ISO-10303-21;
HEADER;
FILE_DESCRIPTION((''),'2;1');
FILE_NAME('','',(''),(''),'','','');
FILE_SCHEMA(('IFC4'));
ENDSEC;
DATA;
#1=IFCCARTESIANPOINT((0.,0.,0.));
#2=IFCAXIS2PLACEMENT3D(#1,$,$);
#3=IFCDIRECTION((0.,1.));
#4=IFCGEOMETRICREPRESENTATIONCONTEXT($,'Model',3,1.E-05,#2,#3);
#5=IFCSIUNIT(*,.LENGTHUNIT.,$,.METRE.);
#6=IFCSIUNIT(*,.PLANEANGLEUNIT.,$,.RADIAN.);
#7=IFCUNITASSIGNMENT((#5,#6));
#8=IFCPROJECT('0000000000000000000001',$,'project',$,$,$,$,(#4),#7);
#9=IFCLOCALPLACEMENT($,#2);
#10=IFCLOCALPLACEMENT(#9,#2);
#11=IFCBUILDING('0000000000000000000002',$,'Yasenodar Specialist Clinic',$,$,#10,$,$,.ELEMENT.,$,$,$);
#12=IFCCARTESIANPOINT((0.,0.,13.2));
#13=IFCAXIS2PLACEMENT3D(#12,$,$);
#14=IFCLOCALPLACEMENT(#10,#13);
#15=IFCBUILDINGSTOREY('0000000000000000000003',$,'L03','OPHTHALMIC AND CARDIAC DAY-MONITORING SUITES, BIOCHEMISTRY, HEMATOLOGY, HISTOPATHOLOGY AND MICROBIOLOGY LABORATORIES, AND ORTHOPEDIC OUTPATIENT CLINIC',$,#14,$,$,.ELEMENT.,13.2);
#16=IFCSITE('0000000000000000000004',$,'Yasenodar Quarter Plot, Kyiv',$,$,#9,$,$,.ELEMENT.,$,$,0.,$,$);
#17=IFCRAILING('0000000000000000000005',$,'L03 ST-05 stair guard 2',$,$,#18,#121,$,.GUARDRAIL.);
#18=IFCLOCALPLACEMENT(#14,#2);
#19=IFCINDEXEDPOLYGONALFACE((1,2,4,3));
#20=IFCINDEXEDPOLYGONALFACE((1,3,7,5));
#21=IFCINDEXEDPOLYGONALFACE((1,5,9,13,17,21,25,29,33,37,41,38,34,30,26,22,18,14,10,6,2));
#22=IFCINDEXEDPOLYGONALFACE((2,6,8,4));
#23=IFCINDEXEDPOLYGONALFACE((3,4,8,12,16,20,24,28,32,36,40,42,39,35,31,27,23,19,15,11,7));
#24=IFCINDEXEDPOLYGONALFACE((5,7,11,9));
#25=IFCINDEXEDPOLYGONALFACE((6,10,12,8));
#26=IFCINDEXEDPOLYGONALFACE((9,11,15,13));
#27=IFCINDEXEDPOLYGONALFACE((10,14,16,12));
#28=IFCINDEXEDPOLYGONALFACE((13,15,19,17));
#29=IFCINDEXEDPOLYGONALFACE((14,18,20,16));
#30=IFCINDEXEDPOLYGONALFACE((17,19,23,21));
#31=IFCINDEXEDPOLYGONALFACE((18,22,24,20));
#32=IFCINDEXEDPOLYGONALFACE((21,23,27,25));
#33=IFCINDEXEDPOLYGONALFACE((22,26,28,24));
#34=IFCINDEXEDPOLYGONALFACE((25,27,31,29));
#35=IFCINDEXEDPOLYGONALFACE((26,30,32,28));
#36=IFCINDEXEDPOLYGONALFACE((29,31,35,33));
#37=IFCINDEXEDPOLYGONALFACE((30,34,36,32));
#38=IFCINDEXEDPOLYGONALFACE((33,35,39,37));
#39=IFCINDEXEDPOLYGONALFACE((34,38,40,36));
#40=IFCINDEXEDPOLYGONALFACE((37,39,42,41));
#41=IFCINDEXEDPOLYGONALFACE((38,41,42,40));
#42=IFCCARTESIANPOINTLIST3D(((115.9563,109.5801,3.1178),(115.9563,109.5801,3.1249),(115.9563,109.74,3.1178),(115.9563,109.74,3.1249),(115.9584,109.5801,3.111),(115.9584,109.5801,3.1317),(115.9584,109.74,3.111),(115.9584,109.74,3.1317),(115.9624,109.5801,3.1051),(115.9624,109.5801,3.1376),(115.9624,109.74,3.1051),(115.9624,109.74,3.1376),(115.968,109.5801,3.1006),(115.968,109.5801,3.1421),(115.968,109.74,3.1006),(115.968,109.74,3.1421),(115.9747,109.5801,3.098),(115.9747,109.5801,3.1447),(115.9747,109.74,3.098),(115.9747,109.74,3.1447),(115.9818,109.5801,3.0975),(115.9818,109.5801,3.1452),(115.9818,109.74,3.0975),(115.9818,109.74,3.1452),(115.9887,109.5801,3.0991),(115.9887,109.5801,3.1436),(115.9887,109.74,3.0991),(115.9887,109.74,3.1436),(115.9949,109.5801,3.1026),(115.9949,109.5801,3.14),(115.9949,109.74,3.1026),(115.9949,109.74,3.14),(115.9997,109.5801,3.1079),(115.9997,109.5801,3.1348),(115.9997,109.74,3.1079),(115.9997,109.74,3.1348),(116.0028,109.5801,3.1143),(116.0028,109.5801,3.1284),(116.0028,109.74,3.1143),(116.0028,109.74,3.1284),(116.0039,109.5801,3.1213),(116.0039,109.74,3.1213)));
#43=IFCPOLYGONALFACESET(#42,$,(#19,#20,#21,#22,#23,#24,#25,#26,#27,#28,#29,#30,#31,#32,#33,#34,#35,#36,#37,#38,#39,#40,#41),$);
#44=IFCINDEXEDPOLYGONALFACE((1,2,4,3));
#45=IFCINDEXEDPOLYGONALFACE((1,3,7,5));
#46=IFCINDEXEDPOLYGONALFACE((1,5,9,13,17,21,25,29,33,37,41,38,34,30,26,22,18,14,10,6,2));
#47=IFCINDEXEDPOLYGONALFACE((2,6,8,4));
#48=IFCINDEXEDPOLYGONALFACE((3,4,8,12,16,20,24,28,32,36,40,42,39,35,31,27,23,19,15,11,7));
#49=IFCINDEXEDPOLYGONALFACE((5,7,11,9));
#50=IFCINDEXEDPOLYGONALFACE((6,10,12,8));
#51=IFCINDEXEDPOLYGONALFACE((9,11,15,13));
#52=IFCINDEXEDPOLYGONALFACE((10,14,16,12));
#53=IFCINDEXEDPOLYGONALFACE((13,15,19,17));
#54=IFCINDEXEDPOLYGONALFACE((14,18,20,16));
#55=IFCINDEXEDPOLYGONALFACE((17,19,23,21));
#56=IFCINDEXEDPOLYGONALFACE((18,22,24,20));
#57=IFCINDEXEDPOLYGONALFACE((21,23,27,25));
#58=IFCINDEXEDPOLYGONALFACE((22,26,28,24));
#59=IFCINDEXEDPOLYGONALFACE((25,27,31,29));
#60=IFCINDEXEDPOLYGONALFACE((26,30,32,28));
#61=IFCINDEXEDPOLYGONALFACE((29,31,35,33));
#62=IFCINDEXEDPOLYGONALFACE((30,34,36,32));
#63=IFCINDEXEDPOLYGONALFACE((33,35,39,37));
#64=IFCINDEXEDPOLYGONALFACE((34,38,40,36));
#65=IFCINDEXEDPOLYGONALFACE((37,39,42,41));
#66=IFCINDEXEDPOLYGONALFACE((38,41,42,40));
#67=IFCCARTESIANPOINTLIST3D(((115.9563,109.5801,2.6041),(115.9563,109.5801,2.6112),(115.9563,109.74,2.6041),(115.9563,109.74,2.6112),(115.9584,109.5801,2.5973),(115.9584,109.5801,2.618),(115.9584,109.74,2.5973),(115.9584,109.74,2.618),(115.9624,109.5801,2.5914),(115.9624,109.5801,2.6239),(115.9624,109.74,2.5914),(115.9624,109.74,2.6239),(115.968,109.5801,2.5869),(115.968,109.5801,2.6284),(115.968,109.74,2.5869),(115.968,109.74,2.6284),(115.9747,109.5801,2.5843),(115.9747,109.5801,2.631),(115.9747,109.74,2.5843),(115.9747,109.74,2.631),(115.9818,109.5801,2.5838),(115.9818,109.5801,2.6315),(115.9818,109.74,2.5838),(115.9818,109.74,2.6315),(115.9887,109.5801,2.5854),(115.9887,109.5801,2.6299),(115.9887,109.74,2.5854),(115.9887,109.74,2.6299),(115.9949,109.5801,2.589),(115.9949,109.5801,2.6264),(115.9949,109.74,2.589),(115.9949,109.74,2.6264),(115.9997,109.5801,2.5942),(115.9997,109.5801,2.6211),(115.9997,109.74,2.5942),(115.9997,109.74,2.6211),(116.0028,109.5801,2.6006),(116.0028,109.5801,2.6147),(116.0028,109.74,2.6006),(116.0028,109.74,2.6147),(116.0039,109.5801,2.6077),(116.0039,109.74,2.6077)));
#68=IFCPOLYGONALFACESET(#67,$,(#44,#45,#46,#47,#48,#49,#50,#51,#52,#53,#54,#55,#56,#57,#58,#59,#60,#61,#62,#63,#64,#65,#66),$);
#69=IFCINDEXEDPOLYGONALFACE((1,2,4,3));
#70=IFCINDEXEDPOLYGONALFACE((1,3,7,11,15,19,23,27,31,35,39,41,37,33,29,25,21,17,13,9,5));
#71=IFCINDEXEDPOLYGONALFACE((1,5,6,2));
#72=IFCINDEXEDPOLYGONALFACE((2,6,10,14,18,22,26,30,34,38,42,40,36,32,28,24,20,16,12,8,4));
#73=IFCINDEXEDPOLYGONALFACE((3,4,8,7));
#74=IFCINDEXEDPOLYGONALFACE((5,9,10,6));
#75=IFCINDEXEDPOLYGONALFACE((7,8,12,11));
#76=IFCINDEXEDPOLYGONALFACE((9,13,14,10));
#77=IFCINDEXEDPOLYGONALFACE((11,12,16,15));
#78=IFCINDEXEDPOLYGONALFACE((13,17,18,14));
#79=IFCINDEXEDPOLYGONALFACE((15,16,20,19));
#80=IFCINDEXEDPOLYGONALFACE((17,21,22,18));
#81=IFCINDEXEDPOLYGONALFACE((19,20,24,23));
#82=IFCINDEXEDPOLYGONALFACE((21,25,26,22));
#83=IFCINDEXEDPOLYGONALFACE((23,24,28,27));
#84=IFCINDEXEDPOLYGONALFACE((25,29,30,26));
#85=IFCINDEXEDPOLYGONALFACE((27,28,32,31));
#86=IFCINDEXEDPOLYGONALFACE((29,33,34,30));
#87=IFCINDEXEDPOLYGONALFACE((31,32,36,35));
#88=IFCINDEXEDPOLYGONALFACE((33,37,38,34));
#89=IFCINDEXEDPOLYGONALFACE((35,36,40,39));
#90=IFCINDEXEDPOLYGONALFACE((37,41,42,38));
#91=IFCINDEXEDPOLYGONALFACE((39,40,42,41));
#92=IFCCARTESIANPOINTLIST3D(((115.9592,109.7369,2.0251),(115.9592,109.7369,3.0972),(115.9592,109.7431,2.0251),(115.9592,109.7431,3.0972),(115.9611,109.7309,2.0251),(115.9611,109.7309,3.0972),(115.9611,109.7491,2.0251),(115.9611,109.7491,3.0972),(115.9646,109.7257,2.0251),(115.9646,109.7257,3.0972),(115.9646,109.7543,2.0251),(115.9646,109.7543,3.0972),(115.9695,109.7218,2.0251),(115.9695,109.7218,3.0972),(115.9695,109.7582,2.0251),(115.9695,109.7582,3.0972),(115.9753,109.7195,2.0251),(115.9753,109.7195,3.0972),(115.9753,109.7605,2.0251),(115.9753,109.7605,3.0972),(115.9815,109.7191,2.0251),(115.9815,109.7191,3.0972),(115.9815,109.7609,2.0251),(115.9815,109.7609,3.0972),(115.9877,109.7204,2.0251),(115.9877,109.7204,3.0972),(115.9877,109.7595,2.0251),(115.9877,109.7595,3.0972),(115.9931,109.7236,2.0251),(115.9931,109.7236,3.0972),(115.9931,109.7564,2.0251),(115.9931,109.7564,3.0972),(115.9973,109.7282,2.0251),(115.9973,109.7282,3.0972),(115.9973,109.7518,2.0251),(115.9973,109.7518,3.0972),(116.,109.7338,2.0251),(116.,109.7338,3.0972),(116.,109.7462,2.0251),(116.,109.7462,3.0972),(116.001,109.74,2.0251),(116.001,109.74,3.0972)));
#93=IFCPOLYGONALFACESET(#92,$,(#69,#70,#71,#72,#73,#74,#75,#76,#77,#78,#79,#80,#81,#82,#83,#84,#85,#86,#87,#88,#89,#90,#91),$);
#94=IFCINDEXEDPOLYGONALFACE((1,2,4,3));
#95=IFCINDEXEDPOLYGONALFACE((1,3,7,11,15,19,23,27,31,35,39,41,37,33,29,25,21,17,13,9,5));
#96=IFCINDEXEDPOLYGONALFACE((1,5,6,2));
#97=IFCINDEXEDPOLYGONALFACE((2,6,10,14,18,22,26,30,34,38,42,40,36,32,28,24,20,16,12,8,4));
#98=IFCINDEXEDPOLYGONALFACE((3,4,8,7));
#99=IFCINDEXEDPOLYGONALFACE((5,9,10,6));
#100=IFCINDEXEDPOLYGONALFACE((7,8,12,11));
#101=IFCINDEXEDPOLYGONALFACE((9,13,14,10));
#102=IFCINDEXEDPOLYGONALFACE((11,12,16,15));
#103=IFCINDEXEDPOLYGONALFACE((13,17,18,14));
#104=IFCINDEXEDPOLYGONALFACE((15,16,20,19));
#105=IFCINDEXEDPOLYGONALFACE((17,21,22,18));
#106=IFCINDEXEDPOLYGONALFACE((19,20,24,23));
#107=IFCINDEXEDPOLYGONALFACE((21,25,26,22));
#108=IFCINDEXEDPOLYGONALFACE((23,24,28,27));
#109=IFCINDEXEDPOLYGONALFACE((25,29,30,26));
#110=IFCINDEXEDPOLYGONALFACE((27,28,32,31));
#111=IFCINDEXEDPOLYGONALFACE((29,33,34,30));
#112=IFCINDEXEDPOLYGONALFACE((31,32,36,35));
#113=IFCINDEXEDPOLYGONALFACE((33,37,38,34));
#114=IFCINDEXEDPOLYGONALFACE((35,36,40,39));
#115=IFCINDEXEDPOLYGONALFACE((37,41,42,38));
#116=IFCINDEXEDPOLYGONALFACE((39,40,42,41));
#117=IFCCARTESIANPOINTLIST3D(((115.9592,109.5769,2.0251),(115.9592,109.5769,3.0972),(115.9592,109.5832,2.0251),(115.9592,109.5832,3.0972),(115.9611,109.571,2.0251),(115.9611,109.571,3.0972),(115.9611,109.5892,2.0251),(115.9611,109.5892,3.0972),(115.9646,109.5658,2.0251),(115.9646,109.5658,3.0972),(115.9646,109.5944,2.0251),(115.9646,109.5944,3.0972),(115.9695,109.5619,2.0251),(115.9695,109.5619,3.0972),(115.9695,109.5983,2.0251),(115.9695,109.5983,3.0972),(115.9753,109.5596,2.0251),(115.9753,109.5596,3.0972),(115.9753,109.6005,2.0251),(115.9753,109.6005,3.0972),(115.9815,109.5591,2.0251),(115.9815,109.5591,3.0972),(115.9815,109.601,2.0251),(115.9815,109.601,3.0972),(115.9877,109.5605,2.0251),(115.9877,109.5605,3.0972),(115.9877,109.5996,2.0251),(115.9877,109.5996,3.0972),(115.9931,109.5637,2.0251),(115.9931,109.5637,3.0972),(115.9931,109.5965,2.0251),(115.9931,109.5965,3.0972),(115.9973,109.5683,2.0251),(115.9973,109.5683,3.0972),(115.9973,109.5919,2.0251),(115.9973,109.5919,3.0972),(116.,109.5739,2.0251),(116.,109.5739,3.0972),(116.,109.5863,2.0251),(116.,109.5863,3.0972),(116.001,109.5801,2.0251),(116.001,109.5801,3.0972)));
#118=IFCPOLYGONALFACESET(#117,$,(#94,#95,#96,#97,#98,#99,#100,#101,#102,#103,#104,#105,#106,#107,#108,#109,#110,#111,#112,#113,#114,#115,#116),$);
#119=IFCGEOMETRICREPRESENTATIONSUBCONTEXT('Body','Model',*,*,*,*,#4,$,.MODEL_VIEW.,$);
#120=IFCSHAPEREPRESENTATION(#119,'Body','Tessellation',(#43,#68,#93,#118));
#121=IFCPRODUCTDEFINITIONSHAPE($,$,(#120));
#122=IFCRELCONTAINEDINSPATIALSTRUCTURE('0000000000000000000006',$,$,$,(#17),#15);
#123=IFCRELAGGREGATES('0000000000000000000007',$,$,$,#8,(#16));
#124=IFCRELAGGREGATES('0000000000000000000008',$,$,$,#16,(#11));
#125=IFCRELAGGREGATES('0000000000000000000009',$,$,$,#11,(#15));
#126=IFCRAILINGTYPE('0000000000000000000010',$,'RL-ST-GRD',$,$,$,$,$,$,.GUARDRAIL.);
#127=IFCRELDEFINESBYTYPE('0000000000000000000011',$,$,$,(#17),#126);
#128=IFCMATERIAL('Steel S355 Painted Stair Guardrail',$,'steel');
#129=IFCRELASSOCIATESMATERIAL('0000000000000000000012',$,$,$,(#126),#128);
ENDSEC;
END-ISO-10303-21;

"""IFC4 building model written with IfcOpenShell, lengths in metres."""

from ifc_helpers import new_model, si_unit, direction, frame, origin, origin_2d, place, context, subcontext, project, spatial, circle, extrude, material, type_object, element, save


model = new_model("IFC4")

# Units and contexts
model_context = context("Model", 3, precision=1e-05, world=origin(), true_north=direction((0.0, 1.0)))
body_context = subcontext(model_context, "Body", "Model", "MODEL_VIEW")
ifc_project = project(units=[si_unit("LENGTHUNIT", "METRE"), si_unit("PLANEANGLEUNIT", "RADIAN")], contexts=[model_context])

# Site, building, storey
site_placement = place(None, origin())
site = spatial("IfcSite", under=ifc_project, at=site_placement, Name="Yasenodar Quarter Plot, Kyiv", CompositionType="ELEMENT", RefElevation=0.0)
building_placement = place(site_placement, origin())
building = spatial("IfcBuilding", under=site, at=building_placement, Name="Yasenodar Specialist Clinic", CompositionType="ELEMENT")
storey_placement = place(building_placement, frame((0.0, 0.0, 13.2)))
storey = spatial("IfcBuildingStorey", under=building, at=storey_placement, Name="L03", Description="OPHTHALMIC AND CARDIAC DAY-MONITORING SUITES, BIOCHEMISTRY, HEMATOLOGY, HISTOPATHOLOGY AND MICROBIOLOGY LABORATORIES, AND ORTHOPEDIC OUTPATIENT CLINIC", CompositionType="ELEMENT", Elevation=13.2)

# Railing
ifc_material_1 = material(Name="Steel S355 Painted Stair Guardrail", Category="steel")
railing_type_1 = type_object("IfcRailingType", Name="RL-ST-GRD", PredefinedType="GUARDRAIL", material=ifc_material_1)
railing_1_placement = place(storey_placement, frame((115.98, 109.74, 2.0251)))
element("IfcRailing", 1, at=railing_1_placement, inside=storey, type_object=railing_type_1, Name="L03 ST-05 stair guard 2", PredefinedType="GUARDRAIL", context=body_context, shape_type="SweptSolid", body=[
    extrude(circle(Radius=0.0239, at=origin_2d()), frame((0.0, 0.0, 1.0962), z_axis=(0.0, -1.0, 0.0), x_axis=(1.0, 0.0, 0.0)), (0.0, 0.0, 1.0), 0.1599),
    extrude(circle(Radius=0.0239, at=origin_2d()), frame((0.0, 0.0, 0.5825), z_axis=(0.0, -1.0, 0.0), x_axis=(1.0, 0.0, 0.0)), (0.0, 0.0, 1.0), 0.1599),
    extrude(circle(Radius=0.021, at=origin_2d()), origin(), (0.0, 0.0, 1.0), 1.072),
    extrude(circle(Radius=0.021, at=origin_2d()), frame((0.0, -0.1599, 0.0)), (0.0, 0.0, 1.0), 1.072),
])

save(model, "model.ifc")
